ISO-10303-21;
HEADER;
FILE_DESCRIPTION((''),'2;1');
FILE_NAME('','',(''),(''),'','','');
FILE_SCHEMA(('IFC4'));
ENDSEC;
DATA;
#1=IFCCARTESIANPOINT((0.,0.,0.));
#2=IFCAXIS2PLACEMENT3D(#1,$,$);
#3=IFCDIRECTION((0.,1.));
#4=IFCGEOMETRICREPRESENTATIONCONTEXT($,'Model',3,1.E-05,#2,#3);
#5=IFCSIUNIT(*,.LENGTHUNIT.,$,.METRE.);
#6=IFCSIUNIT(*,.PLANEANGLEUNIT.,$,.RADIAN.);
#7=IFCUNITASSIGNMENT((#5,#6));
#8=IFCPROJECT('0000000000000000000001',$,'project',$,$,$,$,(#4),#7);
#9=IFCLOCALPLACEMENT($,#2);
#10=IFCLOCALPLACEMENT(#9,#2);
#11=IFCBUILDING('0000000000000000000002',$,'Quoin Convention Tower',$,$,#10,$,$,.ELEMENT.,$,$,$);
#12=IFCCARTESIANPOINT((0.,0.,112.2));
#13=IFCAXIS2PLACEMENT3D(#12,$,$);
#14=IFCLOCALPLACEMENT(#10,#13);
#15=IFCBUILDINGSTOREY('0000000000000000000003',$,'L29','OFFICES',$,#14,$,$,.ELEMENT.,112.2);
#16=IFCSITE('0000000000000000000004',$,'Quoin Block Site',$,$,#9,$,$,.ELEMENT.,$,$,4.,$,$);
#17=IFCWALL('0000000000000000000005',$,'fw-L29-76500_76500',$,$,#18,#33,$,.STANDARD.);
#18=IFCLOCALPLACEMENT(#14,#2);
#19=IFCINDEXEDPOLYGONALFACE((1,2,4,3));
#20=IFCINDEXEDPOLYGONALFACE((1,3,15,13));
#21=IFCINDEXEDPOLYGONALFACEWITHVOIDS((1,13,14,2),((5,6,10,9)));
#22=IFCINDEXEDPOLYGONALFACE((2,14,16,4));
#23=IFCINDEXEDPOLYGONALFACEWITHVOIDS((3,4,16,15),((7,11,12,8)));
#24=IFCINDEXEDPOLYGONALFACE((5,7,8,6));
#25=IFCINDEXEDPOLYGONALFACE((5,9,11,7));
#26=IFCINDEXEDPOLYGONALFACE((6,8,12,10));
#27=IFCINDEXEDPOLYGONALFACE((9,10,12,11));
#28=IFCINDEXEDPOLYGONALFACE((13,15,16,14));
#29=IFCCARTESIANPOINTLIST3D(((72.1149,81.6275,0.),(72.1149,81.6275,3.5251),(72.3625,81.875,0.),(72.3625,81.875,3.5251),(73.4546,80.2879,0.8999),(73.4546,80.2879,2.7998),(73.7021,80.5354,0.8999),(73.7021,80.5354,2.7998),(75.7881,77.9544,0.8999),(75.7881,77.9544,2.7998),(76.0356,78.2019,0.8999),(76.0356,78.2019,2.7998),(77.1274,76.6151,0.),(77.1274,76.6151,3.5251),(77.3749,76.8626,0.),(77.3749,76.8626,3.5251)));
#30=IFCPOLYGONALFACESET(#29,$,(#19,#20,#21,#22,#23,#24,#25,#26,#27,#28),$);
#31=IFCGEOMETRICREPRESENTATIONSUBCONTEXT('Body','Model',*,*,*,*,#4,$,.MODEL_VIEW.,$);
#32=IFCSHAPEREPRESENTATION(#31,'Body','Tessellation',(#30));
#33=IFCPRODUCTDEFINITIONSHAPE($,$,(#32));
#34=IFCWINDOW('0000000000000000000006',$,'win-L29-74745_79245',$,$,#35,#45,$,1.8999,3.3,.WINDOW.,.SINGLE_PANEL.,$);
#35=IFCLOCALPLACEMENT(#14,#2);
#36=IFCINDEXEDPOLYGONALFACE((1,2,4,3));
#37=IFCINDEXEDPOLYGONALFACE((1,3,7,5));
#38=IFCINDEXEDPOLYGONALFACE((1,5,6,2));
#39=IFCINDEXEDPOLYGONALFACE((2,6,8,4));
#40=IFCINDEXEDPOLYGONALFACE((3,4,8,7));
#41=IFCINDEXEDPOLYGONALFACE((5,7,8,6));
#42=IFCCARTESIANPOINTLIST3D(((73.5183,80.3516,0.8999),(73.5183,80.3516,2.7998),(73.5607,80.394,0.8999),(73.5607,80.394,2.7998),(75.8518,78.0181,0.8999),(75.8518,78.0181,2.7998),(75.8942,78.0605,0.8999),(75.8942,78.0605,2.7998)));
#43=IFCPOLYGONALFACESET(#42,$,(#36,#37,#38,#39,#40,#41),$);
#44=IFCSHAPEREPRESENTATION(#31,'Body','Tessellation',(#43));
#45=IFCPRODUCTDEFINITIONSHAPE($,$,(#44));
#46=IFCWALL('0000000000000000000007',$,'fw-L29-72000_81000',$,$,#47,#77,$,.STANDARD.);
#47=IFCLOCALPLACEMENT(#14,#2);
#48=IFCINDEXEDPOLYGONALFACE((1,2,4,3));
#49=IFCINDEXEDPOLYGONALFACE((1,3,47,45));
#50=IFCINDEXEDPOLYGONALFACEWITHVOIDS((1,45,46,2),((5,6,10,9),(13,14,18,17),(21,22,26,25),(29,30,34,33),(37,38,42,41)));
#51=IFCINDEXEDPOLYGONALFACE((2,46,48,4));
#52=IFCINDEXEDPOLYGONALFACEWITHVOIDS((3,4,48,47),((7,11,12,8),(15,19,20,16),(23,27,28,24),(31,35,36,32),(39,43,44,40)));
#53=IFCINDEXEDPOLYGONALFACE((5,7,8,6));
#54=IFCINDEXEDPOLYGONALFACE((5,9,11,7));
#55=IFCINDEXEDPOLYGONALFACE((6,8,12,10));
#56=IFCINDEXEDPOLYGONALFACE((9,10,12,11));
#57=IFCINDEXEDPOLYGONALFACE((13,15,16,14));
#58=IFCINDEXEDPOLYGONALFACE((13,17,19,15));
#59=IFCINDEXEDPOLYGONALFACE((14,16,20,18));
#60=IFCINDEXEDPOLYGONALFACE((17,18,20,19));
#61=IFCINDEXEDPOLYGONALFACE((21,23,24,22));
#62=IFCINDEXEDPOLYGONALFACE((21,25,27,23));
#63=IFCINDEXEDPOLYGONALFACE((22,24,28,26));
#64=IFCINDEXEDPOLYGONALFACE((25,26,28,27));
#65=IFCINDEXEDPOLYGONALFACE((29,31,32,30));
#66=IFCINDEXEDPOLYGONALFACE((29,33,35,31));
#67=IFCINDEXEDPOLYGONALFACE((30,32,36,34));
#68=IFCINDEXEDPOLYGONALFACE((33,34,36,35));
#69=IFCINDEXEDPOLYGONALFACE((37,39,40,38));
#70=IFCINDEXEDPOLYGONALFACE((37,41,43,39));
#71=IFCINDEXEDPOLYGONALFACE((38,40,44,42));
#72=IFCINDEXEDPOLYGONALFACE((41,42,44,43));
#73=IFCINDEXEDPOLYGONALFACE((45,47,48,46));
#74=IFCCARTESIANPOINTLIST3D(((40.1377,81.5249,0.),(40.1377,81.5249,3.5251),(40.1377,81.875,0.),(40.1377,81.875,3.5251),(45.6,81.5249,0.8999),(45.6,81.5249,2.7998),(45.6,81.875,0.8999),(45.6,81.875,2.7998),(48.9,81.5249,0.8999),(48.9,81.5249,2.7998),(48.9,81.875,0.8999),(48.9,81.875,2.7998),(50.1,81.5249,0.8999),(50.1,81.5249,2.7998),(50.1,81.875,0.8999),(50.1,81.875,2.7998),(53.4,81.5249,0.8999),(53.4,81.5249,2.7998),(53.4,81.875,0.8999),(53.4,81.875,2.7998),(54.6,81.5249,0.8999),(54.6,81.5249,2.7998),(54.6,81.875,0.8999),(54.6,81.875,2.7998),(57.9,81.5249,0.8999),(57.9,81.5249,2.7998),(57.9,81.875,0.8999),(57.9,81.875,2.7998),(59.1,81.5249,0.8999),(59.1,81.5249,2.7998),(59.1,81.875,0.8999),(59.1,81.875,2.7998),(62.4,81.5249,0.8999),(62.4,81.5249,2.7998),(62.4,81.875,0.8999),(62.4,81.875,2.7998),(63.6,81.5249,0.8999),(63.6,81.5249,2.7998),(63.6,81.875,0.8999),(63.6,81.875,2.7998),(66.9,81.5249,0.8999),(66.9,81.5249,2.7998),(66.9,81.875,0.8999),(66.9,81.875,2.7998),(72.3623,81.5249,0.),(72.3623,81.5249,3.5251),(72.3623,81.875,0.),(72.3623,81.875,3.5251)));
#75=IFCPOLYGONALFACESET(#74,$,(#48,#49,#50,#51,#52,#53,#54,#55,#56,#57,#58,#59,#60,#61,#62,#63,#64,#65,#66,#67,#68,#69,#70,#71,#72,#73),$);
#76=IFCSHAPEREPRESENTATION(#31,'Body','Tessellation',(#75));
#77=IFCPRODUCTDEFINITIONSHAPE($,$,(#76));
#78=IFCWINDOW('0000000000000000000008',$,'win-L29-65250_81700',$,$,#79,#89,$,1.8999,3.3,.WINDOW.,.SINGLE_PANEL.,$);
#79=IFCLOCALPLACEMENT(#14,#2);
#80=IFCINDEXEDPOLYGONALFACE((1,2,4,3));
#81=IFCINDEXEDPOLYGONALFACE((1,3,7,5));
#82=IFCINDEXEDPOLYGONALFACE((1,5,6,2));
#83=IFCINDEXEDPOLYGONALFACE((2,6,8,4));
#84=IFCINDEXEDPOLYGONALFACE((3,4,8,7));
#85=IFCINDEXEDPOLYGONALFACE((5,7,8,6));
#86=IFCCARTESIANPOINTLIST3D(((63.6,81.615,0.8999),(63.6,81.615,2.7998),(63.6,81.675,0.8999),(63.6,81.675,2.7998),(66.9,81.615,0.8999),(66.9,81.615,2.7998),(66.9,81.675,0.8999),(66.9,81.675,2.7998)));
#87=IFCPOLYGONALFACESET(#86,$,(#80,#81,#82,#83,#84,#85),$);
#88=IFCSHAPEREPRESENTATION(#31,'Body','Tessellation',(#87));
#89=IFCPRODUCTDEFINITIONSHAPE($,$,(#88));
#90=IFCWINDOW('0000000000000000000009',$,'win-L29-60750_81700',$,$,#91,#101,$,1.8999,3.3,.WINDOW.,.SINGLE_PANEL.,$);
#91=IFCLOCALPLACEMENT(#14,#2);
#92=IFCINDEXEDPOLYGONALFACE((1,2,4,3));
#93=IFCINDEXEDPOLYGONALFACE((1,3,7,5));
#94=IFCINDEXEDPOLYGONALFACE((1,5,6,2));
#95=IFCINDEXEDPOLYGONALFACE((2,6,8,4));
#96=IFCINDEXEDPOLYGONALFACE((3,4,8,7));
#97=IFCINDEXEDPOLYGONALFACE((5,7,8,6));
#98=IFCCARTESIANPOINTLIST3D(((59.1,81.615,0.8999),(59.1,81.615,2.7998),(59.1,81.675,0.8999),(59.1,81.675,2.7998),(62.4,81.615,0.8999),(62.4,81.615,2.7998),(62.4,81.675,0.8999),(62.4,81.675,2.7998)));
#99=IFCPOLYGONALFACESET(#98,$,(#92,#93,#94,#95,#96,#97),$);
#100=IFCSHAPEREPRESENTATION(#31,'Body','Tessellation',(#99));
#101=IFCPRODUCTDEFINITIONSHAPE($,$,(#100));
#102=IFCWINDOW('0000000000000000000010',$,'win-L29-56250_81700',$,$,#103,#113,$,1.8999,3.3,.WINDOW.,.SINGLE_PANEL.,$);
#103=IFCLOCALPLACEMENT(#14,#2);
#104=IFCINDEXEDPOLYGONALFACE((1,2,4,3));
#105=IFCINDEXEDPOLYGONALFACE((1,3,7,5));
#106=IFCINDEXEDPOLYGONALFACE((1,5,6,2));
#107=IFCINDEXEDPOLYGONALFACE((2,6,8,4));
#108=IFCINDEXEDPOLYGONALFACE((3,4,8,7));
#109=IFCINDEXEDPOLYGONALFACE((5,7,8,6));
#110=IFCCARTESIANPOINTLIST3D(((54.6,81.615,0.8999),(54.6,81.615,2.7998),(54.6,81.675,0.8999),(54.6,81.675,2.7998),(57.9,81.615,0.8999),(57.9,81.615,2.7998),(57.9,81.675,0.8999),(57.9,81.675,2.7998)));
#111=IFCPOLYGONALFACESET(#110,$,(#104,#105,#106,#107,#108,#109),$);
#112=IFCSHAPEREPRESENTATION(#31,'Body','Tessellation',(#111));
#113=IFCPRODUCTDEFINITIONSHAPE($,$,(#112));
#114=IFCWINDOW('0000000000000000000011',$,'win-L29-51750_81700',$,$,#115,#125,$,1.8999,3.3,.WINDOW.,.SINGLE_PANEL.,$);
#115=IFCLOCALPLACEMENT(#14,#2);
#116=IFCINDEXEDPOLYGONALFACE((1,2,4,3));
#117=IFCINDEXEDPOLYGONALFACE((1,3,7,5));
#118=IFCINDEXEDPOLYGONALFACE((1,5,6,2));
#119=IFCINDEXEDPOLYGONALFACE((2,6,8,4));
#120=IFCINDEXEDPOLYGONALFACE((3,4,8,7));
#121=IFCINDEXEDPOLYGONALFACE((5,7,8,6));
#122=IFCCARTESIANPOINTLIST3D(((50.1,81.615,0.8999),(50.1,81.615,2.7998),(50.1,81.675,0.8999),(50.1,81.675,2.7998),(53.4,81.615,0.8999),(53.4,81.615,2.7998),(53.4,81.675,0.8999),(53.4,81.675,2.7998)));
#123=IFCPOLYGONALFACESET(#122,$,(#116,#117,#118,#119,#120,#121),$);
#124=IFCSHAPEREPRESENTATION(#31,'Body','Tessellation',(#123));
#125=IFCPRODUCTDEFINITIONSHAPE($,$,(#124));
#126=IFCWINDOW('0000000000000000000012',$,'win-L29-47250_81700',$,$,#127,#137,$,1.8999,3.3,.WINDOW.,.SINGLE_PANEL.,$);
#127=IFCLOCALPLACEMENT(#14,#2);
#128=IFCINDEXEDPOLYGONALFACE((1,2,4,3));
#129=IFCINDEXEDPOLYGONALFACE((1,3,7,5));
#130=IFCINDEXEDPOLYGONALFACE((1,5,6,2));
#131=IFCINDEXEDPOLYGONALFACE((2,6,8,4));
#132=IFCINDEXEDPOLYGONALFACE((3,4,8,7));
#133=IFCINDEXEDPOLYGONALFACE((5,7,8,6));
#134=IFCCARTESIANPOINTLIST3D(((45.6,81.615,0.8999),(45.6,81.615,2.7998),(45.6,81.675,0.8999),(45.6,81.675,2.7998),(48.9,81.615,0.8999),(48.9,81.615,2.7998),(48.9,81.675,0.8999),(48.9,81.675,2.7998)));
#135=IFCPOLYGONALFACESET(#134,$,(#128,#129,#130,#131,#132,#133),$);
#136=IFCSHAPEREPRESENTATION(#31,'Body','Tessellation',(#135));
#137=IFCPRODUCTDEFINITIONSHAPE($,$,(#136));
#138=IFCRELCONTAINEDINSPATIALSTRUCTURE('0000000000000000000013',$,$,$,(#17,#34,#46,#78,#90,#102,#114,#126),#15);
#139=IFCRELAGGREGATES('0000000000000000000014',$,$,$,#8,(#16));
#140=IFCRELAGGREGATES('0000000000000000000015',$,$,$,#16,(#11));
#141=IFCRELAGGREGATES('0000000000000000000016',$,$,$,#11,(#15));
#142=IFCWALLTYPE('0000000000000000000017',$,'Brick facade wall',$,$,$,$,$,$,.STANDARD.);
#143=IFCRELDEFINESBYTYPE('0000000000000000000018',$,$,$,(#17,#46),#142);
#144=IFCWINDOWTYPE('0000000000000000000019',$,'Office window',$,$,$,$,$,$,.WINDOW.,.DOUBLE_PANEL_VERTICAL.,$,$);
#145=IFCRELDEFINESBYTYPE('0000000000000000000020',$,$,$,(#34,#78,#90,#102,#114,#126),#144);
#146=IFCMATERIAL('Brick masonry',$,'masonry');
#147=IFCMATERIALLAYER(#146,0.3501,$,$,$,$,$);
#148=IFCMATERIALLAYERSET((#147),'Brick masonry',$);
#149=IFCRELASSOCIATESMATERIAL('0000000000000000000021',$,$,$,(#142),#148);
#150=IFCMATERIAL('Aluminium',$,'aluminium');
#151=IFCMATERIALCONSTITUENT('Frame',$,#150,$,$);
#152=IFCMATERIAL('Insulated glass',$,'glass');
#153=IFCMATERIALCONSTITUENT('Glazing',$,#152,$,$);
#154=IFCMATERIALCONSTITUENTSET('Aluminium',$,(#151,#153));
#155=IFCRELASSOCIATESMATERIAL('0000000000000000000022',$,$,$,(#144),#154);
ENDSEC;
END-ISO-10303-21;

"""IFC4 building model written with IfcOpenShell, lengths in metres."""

from ifc_helpers import new_model, si_unit, direction, frame, frame_2d, origin, place, context, subcontext, project, spatial, rectangle, extrude, material, layer, layer_set, constituent, constituent_set, type_object, element, fill, save


model = new_model("IFC4")

# Units and contexts
model_context = context("Model", 3, precision=1e-05, world=origin(), true_north=direction((0.0, 1.0)))
body_context = subcontext(model_context, "Body", "Model", "MODEL_VIEW")
ifc_project = project(units=[si_unit("LENGTHUNIT", "METRE"), si_unit("PLANEANGLEUNIT", "RADIAN")], contexts=[model_context])

# Site, building, storey
site_placement = place(None, origin())
site = spatial("IfcSite", under=ifc_project, at=site_placement, Name="Quoin Block Site", CompositionType="ELEMENT", RefElevation=4.0)
building_placement = place(site_placement, origin())
building = spatial("IfcBuilding", under=site, at=building_placement, Name="Quoin Convention Tower", CompositionType="ELEMENT")
storey_placement = place(building_placement, frame((0.0, 0.0, 112.2)))
storey = spatial("IfcBuildingStorey", under=building, at=storey_placement, Name="L29", Description="OFFICES", CompositionType="ELEMENT", Elevation=112.2)

# Wall, opening, window
ifc_material_1 = material(Name="Brick masonry", Category="masonry")
ifc_layer_1 = layer(ifc_material_1, 0.3501)
ifc_layer_set_1 = layer_set([ifc_layer_1], Name="Brick masonry")
wall_type_1 = type_object("IfcWallType", Name="Brick facade wall", PredefinedType="STANDARD", material=ifc_layer_set_1)
wall_1_placement = place(storey_placement, frame((77.2512, 76.7388, 0.0), z_axis=(0.0, 0.0, 1.0), x_axis=(-0.707107, 0.707107, 0.0)))
wall_1 = element("IfcWall", 1, at=wall_1_placement, inside=storey, type_object=wall_type_1, Name="fw-L29-76500_76500", PredefinedType="STANDARD", context=body_context, shape_type="SweptSolid", body=[
    extrude(rectangle(XDim=7.0886, YDim=0.3501, at=frame_2d((3.5444, 0.0))), origin(), (0.0, 0.0, 1.0), 3.5251),
])
opening_1_placement = place(wall_1_placement, frame((1.8943, 0.0, 0.8999)))
opening_1 = element("IfcOpeningElement", 2, at=opening_1_placement, cuts=wall_1, PredefinedType="OPENING", context=body_context, shape_type="SweptSolid", body=[
    extrude(rectangle(XDim=3.3, YDim=1.8999, at=frame_2d((1.6499, 0.95))), frame((0.0, 0.1851, 0.0), z_axis=(0.0, -1.0, 0.0), x_axis=(1.0, 0.0, 0.0)), (0.0, 0.0, 1.0), 0.3701),
])
ifc_material_2 = material(Name="Aluminium", Category="aluminium")
ifc_constituent_1 = constituent(ifc_material_2, Name="Frame")
ifc_material_3 = material(Name="Insulated glass", Category="glass")
ifc_constituent_2 = constituent(ifc_material_3, Name="Glazing")
ifc_constituent_set = constituent_set(constituents=[ifc_constituent_1, ifc_constituent_2], Name="Aluminium")
window_type = type_object("IfcWindowType", Name="Office window", PartitioningType="DOUBLE_PANEL_VERTICAL", PredefinedType="WINDOW", material=ifc_constituent_set)
window_1_placement = place(opening_1_placement, origin())
window_1 = element("IfcWindow", 3, at=window_1_placement, inside=storey, type_object=window_type, Name="win-L29-74745_79245", OverallHeight=1.8999, OverallWidth=3.3, PartitioningType="SINGLE_PANEL", PredefinedType="WINDOW", context=body_context, shape_type="SweptSolid", body=[
    extrude(rectangle(XDim=3.3, YDim=1.8999, at=frame_2d((1.6499, 0.95))), frame((0.0, 0.085, 0.0), z_axis=(0.0, -1.0, 0.0), x_axis=(1.0, 0.0, 0.0)), (0.0, 0.0, 1.0), 0.0601),
])
fill(opening_1, window_1)

# Wall, openings, windows
wall_2_placement = place(storey_placement, frame((72.3623, 81.7, 0.0), z_axis=(0.0, 0.0, 1.0), x_axis=(-1.0, 0.0, 0.0)))
wall_2 = element("IfcWall", 4, at=wall_2_placement, inside=storey, type_object=wall_type_1, Name="fw-L29-72000_81000", PredefinedType="STANDARD", context=body_context, shape_type="SweptSolid", body=[
    extrude(rectangle(XDim=32.2246, YDim=0.3501, at=frame_2d((16.1123, 0.0))), origin(), (0.0, 0.0, 1.0), 3.5251),
])
opening_2_placement = place(wall_2_placement, frame((5.4624, 0.0, 0.8999)))
opening_2 = element("IfcOpeningElement", 5, at=opening_2_placement, cuts=wall_2, PredefinedType="OPENING", context=body_context, shape_type="SweptSolid", body=[
    extrude(rectangle(XDim=3.3, YDim=1.8999, at=frame_2d((1.6499, 0.95))), frame((0.0, 0.1851, 0.0), z_axis=(0.0, -1.0, 0.0), x_axis=(1.0, 0.0, 0.0)), (0.0, 0.0, 1.0), 0.3701),
])
opening_3_placement = place(wall_2_placement, frame((9.9624, 0.0, 0.8999)))
opening_3 = element("IfcOpeningElement", 6, at=opening_3_placement, cuts=wall_2, PredefinedType="OPENING", context=body_context, shape_type="SweptSolid", body=[
    extrude(rectangle(XDim=3.3, YDim=1.8999, at=frame_2d((1.6499, 0.95))), frame((0.0, 0.1851, 0.0), z_axis=(0.0, -1.0, 0.0), x_axis=(1.0, 0.0, 0.0)), (0.0, 0.0, 1.0), 0.3701),
])
opening_4_placement = place(wall_2_placement, frame((14.4624, 0.0, 0.8999)))
opening_4 = element("IfcOpeningElement", 7, at=opening_4_placement, cuts=wall_2, PredefinedType="OPENING", context=body_context, shape_type="SweptSolid", body=[
    extrude(rectangle(XDim=3.3, YDim=1.8999, at=frame_2d((1.6499, 0.95))), frame((0.0, 0.1851, 0.0), z_axis=(0.0, -1.0, 0.0), x_axis=(1.0, 0.0, 0.0)), (0.0, 0.0, 1.0), 0.3701),
])
opening_5_placement = place(wall_2_placement, frame((18.9624, 0.0, 0.8999)))
opening_5 = element("IfcOpeningElement", 8, at=opening_5_placement, cuts=wall_2, PredefinedType="OPENING", context=body_context, shape_type="SweptSolid", body=[
    extrude(rectangle(XDim=3.3, YDim=1.8999, at=frame_2d((1.6499, 0.95))), frame((0.0, 0.1851, 0.0), z_axis=(0.0, -1.0, 0.0), x_axis=(1.0, 0.0, 0.0)), (0.0, 0.0, 1.0), 0.3701),
])
opening_6_placement = place(wall_2_placement, frame((23.4624, 0.0, 0.8999)))
opening_6 = element("IfcOpeningElement", 9, at=opening_6_placement, cuts=wall_2, PredefinedType="OPENING", context=body_context, shape_type="SweptSolid", body=[
    extrude(rectangle(XDim=3.3, YDim=1.8999, at=frame_2d((1.6499, 0.95))), frame((0.0, 0.1851, 0.0), z_axis=(0.0, -1.0, 0.0), x_axis=(1.0, 0.0, 0.0)), (0.0, 0.0, 1.0), 0.3701),
])
window_2_placement = place(opening_2_placement, origin())
window_2 = element("IfcWindow", 10, at=window_2_placement, inside=storey, type_object=window_type, Name="win-L29-65250_81700", OverallHeight=1.8999, OverallWidth=3.3, PartitioningType="SINGLE_PANEL", PredefinedType="WINDOW", context=body_context, shape_type="SweptSolid", body=[
    extrude(rectangle(XDim=3.3, YDim=1.8999, at=frame_2d((1.6499, 0.95))), frame((0.0, 0.085, 0.0), z_axis=(0.0, -1.0, 0.0), x_axis=(1.0, 0.0, 0.0)), (0.0, 0.0, 1.0), 0.0601),
])
fill(opening_2, window_2)
window_3_placement = place(opening_3_placement, origin())
window_3 = element("IfcWindow", 11, at=window_3_placement, inside=storey, type_object=window_type, Name="win-L29-60750_81700", OverallHeight=1.8999, OverallWidth=3.3, PartitioningType="SINGLE_PANEL", PredefinedType="WINDOW", context=body_context, shape_type="SweptSolid", body=[
    extrude(rectangle(XDim=3.3, YDim=1.8999, at=frame_2d((1.6499, 0.95))), frame((0.0, 0.085, 0.0), z_axis=(0.0, -1.0, 0.0), x_axis=(1.0, 0.0, 0.0)), (0.0, 0.0, 1.0), 0.0601),
])
fill(opening_3, window_3)
window_4_placement = place(opening_4_placement, origin())
window_4 = element("IfcWindow", 12, at=window_4_placement, inside=storey, type_object=window_type, Name="win-L29-56250_81700", OverallHeight=1.8999, OverallWidth=3.3, PartitioningType="SINGLE_PANEL", PredefinedType="WINDOW", context=body_context, shape_type="SweptSolid", body=[
    extrude(rectangle(XDim=3.3, YDim=1.8999, at=frame_2d((1.6499, 0.95))), frame((0.0, 0.085, 0.0), z_axis=(0.0, -1.0, 0.0), x_axis=(1.0, 0.0, 0.0)), (0.0, 0.0, 1.0), 0.0601),
])
fill(opening_4, window_4)
window_5_placement = place(opening_5_placement, origin())
window_5 = element("IfcWindow", 13, at=window_5_placement, inside=storey, type_object=window_type, Name="win-L29-51750_81700", OverallHeight=1.8999, OverallWidth=3.3, PartitioningType="SINGLE_PANEL", PredefinedType="WINDOW", context=body_context, shape_type="SweptSolid", body=[
    extrude(rectangle(XDim=3.3, YDim=1.8999, at=frame_2d((1.6499, 0.95))), frame((0.0, 0.085, 0.0), z_axis=(0.0, -1.0, 0.0), x_axis=(1.0, 0.0, 0.0)), (0.0, 0.0, 1.0), 0.0601),
])
fill(opening_5, window_5)
window_6_placement = place(opening_6_placement, origin())
window_6 = element("IfcWindow", 14, at=window_6_placement, inside=storey, type_object=window_type, Name="win-L29-47250_81700", OverallHeight=1.8999, OverallWidth=3.3, PartitioningType="SINGLE_PANEL", PredefinedType="WINDOW", context=body_context, shape_type="SweptSolid", body=[
    extrude(rectangle(XDim=3.3, YDim=1.8999, at=frame_2d((1.6499, 0.95))), frame((0.0, 0.085, 0.0), z_axis=(0.0, -1.0, 0.0), x_axis=(1.0, 0.0, 0.0)), (0.0, 0.0, 1.0), 0.0601),
])
fill(opening_6, window_6)

save(model, "model.ifc")
